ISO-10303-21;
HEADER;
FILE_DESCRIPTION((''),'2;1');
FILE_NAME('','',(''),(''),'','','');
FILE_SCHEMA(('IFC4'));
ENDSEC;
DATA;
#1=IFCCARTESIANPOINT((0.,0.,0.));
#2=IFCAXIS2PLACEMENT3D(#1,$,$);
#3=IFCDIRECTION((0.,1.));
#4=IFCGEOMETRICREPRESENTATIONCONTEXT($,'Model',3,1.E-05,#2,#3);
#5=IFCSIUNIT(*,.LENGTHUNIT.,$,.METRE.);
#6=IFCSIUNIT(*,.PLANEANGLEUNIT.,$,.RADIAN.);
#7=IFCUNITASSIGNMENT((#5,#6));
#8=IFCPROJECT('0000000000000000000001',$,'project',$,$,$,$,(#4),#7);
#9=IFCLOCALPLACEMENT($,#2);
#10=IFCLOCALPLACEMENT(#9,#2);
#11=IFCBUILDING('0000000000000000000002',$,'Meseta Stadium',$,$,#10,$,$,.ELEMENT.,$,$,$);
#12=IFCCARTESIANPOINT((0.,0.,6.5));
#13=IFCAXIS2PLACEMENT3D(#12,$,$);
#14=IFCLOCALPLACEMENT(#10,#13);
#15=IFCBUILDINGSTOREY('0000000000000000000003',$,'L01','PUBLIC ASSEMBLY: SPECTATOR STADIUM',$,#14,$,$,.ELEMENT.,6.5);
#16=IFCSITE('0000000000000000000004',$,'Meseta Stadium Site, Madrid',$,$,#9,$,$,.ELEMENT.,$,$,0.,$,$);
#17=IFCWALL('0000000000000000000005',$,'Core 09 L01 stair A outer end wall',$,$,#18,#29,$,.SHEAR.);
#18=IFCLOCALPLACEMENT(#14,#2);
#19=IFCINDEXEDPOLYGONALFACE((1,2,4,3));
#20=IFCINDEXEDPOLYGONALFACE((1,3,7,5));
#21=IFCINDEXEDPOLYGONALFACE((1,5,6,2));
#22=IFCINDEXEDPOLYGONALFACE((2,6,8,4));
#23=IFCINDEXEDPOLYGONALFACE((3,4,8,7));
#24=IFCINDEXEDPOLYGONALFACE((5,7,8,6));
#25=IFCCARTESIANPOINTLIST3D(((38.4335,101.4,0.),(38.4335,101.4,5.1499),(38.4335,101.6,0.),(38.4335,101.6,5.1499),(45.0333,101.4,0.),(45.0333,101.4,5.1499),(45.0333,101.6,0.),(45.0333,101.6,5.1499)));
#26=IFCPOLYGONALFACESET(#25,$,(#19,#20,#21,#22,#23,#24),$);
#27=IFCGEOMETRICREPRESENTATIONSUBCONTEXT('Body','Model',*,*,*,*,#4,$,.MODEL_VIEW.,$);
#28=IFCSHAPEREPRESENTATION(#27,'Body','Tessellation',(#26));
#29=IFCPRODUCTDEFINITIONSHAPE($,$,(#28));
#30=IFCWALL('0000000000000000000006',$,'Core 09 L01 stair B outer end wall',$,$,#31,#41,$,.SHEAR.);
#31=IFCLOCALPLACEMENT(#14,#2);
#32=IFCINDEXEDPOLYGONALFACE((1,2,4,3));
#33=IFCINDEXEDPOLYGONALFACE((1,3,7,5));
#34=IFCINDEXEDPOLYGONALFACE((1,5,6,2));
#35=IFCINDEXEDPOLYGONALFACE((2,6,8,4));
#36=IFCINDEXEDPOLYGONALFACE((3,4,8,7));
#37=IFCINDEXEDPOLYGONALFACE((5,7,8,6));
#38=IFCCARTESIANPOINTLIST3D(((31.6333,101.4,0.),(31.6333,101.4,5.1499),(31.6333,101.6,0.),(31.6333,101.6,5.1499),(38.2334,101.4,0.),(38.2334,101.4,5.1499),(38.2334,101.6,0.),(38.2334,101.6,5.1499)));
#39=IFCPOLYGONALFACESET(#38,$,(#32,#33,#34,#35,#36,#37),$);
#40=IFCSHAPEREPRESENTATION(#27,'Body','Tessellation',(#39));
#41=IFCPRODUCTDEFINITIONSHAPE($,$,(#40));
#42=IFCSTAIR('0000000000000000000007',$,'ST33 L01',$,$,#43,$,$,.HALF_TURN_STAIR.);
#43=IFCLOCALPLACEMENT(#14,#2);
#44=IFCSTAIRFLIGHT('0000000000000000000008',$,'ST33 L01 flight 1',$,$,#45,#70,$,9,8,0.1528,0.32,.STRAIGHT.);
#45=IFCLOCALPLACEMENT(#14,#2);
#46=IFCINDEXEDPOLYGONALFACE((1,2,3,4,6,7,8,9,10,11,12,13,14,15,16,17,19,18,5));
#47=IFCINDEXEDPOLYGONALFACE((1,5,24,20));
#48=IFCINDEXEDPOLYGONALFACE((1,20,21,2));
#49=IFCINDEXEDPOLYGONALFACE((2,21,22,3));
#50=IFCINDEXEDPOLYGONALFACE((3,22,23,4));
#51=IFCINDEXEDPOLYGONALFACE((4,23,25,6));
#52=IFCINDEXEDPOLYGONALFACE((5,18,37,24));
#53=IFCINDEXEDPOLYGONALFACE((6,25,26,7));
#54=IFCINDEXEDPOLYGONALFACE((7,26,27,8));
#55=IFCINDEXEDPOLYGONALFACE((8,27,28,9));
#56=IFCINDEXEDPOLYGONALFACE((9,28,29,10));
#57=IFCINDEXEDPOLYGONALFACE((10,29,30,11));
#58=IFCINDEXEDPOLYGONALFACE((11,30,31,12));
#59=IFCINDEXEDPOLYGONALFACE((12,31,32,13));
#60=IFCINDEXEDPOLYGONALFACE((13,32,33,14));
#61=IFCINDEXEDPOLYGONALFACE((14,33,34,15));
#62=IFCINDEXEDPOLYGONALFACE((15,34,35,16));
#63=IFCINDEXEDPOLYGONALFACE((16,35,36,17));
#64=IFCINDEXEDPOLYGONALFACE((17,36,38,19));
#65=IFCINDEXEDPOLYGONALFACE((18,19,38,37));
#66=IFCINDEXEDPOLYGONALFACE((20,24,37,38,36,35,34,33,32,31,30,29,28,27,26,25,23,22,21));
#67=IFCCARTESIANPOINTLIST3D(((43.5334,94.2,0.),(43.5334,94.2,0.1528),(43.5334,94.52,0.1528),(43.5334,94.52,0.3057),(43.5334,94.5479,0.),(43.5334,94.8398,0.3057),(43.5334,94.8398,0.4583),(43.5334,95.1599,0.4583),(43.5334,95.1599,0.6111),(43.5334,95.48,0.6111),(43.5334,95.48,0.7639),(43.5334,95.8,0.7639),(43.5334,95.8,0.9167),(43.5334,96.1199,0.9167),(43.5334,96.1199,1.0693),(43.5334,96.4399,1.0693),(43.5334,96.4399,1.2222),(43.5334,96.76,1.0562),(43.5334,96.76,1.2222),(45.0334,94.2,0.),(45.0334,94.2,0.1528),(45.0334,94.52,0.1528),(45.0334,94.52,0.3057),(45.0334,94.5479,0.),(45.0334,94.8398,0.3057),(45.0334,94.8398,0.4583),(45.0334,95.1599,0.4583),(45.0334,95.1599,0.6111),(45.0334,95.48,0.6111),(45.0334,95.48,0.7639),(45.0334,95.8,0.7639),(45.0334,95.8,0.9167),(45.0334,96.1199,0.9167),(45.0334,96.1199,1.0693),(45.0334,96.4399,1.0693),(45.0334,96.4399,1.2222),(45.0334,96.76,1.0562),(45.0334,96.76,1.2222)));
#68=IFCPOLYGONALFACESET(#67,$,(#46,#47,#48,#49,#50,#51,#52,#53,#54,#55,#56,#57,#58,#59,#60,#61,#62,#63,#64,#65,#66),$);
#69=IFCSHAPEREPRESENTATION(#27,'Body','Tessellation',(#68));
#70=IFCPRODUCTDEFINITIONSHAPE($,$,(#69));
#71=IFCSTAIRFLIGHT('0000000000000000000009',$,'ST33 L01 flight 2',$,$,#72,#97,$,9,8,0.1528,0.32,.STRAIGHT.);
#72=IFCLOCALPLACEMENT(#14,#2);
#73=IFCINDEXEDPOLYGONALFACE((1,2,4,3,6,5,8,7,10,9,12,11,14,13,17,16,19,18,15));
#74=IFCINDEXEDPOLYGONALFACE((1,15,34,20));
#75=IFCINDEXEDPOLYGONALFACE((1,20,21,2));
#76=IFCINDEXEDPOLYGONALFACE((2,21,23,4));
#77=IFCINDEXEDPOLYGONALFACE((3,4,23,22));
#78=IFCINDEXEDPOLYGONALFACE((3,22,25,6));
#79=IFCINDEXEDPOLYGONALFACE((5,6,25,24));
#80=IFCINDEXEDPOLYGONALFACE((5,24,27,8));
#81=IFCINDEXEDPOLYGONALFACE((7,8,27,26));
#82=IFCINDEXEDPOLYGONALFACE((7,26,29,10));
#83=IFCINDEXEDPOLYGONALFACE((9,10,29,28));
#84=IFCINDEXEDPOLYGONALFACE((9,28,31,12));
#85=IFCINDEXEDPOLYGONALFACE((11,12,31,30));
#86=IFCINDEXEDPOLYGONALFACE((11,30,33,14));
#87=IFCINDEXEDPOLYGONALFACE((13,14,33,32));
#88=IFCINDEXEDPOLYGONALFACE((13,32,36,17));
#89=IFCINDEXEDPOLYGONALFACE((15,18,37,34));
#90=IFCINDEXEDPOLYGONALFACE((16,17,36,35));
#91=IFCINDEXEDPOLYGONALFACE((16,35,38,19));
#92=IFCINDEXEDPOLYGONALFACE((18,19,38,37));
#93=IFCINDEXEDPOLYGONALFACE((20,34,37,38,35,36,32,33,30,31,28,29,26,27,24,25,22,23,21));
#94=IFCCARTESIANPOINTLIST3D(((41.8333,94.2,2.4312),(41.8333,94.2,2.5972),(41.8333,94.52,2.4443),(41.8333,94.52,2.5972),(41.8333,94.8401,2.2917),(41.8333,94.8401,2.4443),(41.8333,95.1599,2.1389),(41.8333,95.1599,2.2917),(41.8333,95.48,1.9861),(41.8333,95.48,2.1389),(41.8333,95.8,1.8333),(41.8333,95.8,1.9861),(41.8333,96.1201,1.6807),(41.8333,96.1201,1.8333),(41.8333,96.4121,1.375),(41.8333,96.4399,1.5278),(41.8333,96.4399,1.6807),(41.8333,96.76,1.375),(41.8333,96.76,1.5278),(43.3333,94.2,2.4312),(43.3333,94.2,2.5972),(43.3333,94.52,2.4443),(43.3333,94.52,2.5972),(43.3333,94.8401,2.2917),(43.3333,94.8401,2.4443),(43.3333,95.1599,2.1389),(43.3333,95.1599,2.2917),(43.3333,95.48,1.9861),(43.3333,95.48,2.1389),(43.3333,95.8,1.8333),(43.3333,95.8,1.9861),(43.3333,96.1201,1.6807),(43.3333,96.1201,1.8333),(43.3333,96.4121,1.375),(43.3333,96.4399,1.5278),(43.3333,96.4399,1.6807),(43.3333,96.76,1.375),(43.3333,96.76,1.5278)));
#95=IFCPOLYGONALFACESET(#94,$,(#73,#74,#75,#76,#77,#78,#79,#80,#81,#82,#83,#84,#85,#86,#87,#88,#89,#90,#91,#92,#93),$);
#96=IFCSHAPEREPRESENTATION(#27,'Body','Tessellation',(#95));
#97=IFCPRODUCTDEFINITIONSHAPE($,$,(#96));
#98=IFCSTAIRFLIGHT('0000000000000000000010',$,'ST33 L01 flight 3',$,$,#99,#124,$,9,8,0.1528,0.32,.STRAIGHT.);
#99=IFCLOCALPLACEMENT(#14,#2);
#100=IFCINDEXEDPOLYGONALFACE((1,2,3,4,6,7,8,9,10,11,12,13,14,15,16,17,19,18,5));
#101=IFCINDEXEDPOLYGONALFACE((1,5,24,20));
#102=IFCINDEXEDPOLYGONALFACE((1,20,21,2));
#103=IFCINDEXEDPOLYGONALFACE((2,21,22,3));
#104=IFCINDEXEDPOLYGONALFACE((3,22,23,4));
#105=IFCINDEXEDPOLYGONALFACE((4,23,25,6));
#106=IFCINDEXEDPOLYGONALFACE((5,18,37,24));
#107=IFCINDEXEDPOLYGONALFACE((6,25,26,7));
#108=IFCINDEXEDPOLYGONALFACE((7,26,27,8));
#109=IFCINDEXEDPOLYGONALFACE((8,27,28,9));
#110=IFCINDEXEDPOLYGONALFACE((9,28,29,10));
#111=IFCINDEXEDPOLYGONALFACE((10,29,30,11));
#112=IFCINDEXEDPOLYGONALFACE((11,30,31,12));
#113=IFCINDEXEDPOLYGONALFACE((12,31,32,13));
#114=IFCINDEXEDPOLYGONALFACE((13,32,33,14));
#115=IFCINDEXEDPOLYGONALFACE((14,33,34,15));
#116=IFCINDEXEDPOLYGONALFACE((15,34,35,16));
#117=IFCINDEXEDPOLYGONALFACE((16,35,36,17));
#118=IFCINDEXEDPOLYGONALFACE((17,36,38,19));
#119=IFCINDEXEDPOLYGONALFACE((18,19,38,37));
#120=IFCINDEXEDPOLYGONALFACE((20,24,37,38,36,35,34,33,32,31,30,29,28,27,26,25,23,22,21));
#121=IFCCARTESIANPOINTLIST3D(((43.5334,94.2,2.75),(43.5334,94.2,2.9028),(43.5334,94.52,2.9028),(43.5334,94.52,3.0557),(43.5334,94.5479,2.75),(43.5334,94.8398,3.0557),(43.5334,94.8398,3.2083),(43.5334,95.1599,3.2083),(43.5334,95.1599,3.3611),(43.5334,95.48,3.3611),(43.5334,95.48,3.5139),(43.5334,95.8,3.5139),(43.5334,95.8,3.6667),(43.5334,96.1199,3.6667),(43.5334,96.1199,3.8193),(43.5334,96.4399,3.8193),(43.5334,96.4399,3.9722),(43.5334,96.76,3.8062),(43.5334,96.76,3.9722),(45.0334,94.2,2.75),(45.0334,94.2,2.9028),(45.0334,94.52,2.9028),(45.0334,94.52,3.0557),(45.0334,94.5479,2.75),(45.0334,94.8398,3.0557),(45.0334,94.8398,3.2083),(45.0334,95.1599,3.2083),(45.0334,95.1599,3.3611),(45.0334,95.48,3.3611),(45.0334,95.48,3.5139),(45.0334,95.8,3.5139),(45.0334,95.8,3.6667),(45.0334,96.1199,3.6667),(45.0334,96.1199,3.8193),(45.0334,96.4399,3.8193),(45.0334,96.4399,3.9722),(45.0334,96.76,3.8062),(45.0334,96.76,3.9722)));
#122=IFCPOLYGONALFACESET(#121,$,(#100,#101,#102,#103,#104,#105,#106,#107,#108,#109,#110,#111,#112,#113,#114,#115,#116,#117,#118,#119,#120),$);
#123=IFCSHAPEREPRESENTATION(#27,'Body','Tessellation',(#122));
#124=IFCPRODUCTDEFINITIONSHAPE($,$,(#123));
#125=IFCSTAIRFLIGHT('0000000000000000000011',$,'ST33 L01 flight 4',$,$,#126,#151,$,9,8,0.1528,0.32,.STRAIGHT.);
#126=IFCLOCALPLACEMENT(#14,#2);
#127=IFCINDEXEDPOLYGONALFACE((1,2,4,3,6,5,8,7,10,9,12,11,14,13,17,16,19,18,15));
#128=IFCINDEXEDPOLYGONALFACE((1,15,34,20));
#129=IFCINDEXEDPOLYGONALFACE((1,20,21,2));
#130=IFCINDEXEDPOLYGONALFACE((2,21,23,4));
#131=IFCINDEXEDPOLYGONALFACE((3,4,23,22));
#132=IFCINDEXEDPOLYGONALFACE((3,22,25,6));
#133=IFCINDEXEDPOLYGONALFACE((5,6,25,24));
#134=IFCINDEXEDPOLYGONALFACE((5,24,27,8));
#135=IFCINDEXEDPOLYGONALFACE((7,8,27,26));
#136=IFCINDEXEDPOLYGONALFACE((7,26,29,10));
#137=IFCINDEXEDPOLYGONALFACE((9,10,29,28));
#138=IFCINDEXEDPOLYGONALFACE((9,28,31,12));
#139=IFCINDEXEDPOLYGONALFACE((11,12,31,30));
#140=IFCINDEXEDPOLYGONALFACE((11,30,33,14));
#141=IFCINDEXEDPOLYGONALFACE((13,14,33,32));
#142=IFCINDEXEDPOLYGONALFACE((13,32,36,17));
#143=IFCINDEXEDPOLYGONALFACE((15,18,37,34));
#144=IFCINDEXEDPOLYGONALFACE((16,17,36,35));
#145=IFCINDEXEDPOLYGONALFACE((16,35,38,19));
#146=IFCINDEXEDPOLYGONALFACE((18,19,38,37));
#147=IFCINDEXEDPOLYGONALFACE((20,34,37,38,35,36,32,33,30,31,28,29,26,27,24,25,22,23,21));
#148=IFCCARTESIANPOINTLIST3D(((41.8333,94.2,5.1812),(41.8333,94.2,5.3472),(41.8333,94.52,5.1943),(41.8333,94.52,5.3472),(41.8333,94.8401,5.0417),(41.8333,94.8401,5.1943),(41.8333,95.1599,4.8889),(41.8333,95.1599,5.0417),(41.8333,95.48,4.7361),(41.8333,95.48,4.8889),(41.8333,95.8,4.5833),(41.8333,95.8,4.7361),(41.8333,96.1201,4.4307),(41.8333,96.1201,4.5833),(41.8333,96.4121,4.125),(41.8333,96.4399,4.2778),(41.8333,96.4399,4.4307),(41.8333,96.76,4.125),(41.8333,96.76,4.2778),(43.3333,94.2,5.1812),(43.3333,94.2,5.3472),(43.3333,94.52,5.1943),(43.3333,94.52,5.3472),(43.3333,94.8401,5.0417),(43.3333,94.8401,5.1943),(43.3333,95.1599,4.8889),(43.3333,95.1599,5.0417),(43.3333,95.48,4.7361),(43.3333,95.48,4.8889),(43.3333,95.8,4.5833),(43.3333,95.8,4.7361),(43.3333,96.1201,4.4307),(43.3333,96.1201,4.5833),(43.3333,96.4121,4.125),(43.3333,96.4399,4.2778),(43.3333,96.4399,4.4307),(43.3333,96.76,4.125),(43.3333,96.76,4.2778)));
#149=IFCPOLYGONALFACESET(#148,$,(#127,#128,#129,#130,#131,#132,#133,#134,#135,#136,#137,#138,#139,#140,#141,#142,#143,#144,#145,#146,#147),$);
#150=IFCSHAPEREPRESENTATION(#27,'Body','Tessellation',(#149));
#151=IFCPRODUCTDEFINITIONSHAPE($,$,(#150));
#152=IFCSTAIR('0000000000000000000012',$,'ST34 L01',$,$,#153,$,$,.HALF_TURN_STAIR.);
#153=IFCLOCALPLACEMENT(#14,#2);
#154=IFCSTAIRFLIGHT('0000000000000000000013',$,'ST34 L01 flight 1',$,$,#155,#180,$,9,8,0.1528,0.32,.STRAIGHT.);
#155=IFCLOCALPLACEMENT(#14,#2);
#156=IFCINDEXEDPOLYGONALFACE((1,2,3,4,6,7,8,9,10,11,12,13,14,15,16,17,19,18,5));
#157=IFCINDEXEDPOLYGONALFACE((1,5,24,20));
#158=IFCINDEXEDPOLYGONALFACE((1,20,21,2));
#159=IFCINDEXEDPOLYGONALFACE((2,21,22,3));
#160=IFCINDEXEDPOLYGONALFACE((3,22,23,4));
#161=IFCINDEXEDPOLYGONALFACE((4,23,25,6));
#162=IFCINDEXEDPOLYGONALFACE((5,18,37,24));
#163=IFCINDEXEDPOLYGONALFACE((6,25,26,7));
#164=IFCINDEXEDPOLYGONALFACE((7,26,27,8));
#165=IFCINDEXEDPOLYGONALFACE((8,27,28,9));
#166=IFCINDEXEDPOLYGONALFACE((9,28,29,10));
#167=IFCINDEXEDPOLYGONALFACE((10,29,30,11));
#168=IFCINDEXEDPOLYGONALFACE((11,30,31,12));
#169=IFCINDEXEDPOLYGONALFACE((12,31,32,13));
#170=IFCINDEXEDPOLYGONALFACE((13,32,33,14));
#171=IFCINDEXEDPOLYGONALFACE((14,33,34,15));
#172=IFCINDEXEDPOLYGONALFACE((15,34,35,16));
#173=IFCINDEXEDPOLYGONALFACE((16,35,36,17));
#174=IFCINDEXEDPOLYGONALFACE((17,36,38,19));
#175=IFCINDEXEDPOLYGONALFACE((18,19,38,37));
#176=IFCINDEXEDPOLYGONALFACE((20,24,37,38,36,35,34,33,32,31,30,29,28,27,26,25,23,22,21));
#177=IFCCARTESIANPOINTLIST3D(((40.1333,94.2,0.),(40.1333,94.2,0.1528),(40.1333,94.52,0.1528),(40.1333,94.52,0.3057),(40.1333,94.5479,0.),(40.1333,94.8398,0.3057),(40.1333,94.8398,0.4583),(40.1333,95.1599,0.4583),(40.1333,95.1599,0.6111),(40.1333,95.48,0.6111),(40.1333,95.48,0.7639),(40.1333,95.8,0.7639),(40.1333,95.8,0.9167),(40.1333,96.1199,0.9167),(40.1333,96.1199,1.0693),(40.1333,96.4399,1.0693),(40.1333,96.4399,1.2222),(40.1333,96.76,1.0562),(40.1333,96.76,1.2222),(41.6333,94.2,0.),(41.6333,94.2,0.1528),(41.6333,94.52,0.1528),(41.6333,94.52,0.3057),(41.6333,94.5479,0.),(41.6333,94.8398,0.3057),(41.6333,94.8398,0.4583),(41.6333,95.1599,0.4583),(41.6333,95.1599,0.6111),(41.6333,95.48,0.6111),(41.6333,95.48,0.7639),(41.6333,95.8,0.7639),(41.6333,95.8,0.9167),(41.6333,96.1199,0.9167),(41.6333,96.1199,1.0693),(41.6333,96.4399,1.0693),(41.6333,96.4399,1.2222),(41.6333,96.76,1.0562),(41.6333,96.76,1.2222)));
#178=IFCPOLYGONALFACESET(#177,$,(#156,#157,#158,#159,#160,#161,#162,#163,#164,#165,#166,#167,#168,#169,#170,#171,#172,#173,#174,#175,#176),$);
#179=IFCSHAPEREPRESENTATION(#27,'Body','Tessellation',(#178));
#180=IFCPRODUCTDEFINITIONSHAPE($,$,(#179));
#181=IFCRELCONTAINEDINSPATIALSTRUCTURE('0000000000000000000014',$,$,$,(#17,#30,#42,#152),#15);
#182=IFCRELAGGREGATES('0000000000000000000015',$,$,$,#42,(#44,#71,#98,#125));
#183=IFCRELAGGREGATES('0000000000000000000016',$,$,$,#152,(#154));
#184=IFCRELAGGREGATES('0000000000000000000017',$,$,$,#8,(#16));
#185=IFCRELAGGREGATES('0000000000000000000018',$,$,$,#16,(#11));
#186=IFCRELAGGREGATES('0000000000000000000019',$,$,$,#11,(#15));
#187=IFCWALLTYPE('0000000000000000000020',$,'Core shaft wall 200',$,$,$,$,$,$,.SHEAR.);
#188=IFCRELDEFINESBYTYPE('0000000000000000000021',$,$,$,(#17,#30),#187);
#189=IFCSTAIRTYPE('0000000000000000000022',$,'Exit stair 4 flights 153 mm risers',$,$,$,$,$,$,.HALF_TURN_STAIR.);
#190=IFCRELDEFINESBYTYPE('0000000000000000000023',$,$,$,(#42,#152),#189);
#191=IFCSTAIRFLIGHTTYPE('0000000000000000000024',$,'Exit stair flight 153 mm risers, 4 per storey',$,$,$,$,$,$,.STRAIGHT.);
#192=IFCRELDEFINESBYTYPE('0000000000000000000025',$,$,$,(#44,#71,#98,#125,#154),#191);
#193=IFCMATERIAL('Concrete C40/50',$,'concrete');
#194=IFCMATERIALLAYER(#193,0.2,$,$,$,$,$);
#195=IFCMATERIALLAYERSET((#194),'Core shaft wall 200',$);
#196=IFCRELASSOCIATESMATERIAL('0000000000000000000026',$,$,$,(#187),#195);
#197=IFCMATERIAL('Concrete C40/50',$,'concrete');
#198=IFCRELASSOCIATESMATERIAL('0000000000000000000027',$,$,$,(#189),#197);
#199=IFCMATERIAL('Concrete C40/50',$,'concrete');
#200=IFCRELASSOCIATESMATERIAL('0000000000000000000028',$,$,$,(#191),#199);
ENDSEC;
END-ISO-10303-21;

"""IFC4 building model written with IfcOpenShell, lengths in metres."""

from ifc_helpers import new_model, si_unit, direction, frame, frame_2d, origin, place, context, subcontext, project, spatial, polyline, rectangle, outline, extrude, material, layer, layer_set, type_object, element, aggregate, save


model = new_model("IFC4")

# Units and contexts
model_context = context("Model", 3, precision=1e-05, world=origin(), true_north=direction((0.0, 1.0)))
body_context = subcontext(model_context, "Body", "Model", "MODEL_VIEW")
ifc_project = project(units=[si_unit("LENGTHUNIT", "METRE"), si_unit("PLANEANGLEUNIT", "RADIAN")], contexts=[model_context])

# Site, building, storey
site_placement = place(None, origin())
site = spatial("IfcSite", under=ifc_project, at=site_placement, Name="Meseta Stadium Site, Madrid", CompositionType="ELEMENT", RefElevation=0.0)
building_placement = place(site_placement, origin())
building = spatial("IfcBuilding", under=site, at=building_placement, Name="Meseta Stadium", CompositionType="ELEMENT")
storey_placement = place(building_placement, frame((0.0, 0.0, 6.5)))
storey = spatial("IfcBuildingStorey", under=building, at=storey_placement, Name="L01", Description="PUBLIC ASSEMBLY: SPECTATOR STADIUM", CompositionType="ELEMENT", Elevation=6.5)

# Walls
ifc_material_1 = material(Name="Concrete C40/50", Category="concrete")
ifc_layer = layer(ifc_material_1, 0.2)
ifc_layer_set = layer_set([ifc_layer], Name="Core shaft wall 200")
wall_type = type_object("IfcWallType", Name="Core shaft wall 200", PredefinedType="SHEAR", material=ifc_layer_set)
wall_1_placement = place(storey_placement, frame((45.0332, 101.5, 0.0), z_axis=(0.0, 0.0, 1.0), x_axis=(-1.0, 0.0, 0.0)))
element("IfcWall", 1, at=wall_1_placement, inside=storey, type_object=wall_type, Name="Core 09 L01 stair A outer end wall", PredefinedType="SHEAR", context=body_context, shape_type="SweptSolid", body=[
    extrude(rectangle(XDim=6.5999, YDim=0.2, at=frame_2d((3.2998, 0.0))), origin(), (0.0, 0.0, 1.0), 5.1499),
])
wall_2_placement = place(storey_placement, frame((38.2334, 101.5, 0.0), z_axis=(0.0, 0.0, 1.0), x_axis=(-1.0, 0.0, 0.0)))
element("IfcWall", 2, at=wall_2_placement, inside=storey, type_object=wall_type, Name="Core 09 L01 stair B outer end wall", PredefinedType="SHEAR", context=body_context, shape_type="SweptSolid", body=[
    extrude(rectangle(XDim=6.6001, YDim=0.2, at=frame_2d((3.3, 0.0))), origin(), (0.0, 0.0, 1.0), 5.1499),
])

# Stairs, stair flights
ifc_material_2 = material(Name="Concrete C40/50", Category="concrete")
stair_type = type_object("IfcStairType", Name="Exit stair 4 flights 153 mm risers", PredefinedType="HALF_TURN_STAIR", material=ifc_material_2)
stair_1_placement = place(storey_placement, origin())
stair_1 = element("IfcStair", 3, at=stair_1_placement, inside=storey, type_object=stair_type, Name="ST33 L01", PredefinedType="HALF_TURN_STAIR")
ifc_material_3 = material(Name="Concrete C40/50", Category="concrete")
stair_flight_type = type_object("IfcStairFlightType", Name="Exit stair flight 153 mm risers, 4 per storey", PredefinedType="STRAIGHT", material=ifc_material_3)
stair_flight_1_placement = place(storey_placement, frame((44.2834, 94.2, 0.0), z_axis=(0.0, 0.0, 1.0), x_axis=(0.0, 1.0, 0.0)))
stair_flight_1 = element("IfcStairFlight", 4, at=stair_flight_1_placement, type_object=stair_flight_type, Name="ST33 L01 flight 1", NumberOfRisers=9, NumberOfTreads=8, PredefinedType="STRAIGHT", RiserHeight=0.1528, TreadLength=0.32, context=body_context, shape_type="SweptSolid", body=[
    extrude(outline(polyline([(0.0, 0.0), (0.0, 0.1528), (0.3201, 0.1528), (0.3201, 0.3057), (0.6399, 0.3057), (0.6399, 0.4583), (0.96, 0.4583), (0.96, 0.6111), (1.28, 0.6111), (1.28, 0.7639), (1.6001, 0.7639), (1.6001, 0.9167), (1.9199, 0.9167), (1.9199, 1.0693), (2.24, 1.0693), (2.24, 1.2222), (2.5601, 1.2222), (2.5601, 1.0562), (0.3479, 0.0), (0.0, 0.0)])), frame((0.0, 0.75, 0.0), z_axis=(0.0, -1.0, 0.0), x_axis=(1.0, 0.0, 0.0)), (0.0, 0.0, 1.0), 1.5),
])
stair_flight_2_placement = place(storey_placement, frame((42.5833, 96.76, 1.375), z_axis=(0.0, 0.0, 1.0), x_axis=(0.0, -1.0, 0.0)))
stair_flight_2 = element("IfcStairFlight", 5, at=stair_flight_2_placement, type_object=stair_flight_type, Name="ST33 L01 flight 2", NumberOfRisers=9, NumberOfTreads=8, PredefinedType="STRAIGHT", RiserHeight=0.1528, TreadLength=0.32, context=body_context, shape_type="SweptSolid", body=[
    extrude(outline(polyline([(0.0, 0.0), (0.0, 0.1528), (0.3201, 0.1528), (0.3201, 0.3057), (0.6399, 0.3057), (0.6399, 0.4583), (0.96, 0.4583), (0.96, 0.6111), (1.28, 0.6111), (1.28, 0.7639), (1.6001, 0.7639), (1.6001, 0.9167), (1.9199, 0.9167), (1.9199, 1.0693), (2.24, 1.0693), (2.24, 1.2222), (2.5601, 1.2222), (2.5601, 1.0562), (0.3479, 0.0), (0.0, 0.0)])), frame((0.0, 0.75, 0.0), z_axis=(0.0, -1.0, 0.0), x_axis=(1.0, 0.0, 0.0)), (0.0, 0.0, 1.0), 1.5),
])
stair_flight_3_placement = place(storey_placement, frame((44.2834, 94.2, 2.75), z_axis=(0.0, 0.0, 1.0), x_axis=(0.0, 1.0, 0.0)))
stair_flight_3 = element("IfcStairFlight", 6, at=stair_flight_3_placement, type_object=stair_flight_type, Name="ST33 L01 flight 3", NumberOfRisers=9, NumberOfTreads=8, PredefinedType="STRAIGHT", RiserHeight=0.1528, TreadLength=0.32, context=body_context, shape_type="SweptSolid", body=[
    extrude(outline(polyline([(0.0, 0.0), (0.0, 0.1528), (0.3201, 0.1528), (0.3201, 0.3057), (0.6399, 0.3057), (0.6399, 0.4583), (0.96, 0.4583), (0.96, 0.6111), (1.28, 0.6111), (1.28, 0.7639), (1.6001, 0.7639), (1.6001, 0.9167), (1.9199, 0.9167), (1.9199, 1.0693), (2.24, 1.0693), (2.24, 1.2222), (2.5601, 1.2222), (2.5601, 1.0562), (0.3479, 0.0), (0.0, 0.0)])), frame((0.0, 0.75, 0.0), z_axis=(0.0, -1.0, 0.0), x_axis=(1.0, 0.0, 0.0)), (0.0, 0.0, 1.0), 1.5),
])
stair_flight_4_placement = place(storey_placement, frame((42.5833, 96.76, 4.125), z_axis=(0.0, 0.0, 1.0), x_axis=(0.0, -1.0, 0.0)))
stair_flight_4 = element("IfcStairFlight", 7, at=stair_flight_4_placement, type_object=stair_flight_type, Name="ST33 L01 flight 4", NumberOfRisers=9, NumberOfTreads=8, PredefinedType="STRAIGHT", RiserHeight=0.1528, TreadLength=0.32, context=body_context, shape_type="SweptSolid", body=[
    extrude(outline(polyline([(0.0, 0.0), (0.0, 0.1528), (0.3201, 0.1528), (0.3201, 0.3057), (0.6399, 0.3057), (0.6399, 0.4583), (0.96, 0.4583), (0.96, 0.6111), (1.28, 0.6111), (1.28, 0.7639), (1.6001, 0.7639), (1.6001, 0.9167), (1.9199, 0.9167), (1.9199, 1.0693), (2.24, 1.0693), (2.24, 1.2222), (2.5601, 1.2222), (2.5601, 1.0562), (0.3479, 0.0), (0.0, 0.0)])), frame((0.0, 0.75, 0.0), z_axis=(0.0, -1.0, 0.0), x_axis=(1.0, 0.0, 0.0)), (0.0, 0.0, 1.0), 1.5),
])
aggregate(stair_1, [stair_flight_1, stair_flight_2, stair_flight_3, stair_flight_4])
stair_2_placement = place(storey_placement, origin())
stair_2 = element("IfcStair", 8, at=stair_2_placement, inside=storey, type_object=stair_type, Name="ST34 L01", PredefinedType="HALF_TURN_STAIR")
stair_flight_5_placement = place(storey_placement, frame((40.8833, 94.2, 0.0), z_axis=(0.0, 0.0, 1.0), x_axis=(0.0, 1.0, 0.0)))
stair_flight_5 = element("IfcStairFlight", 9, at=stair_flight_5_placement, type_object=stair_flight_type, Name="ST34 L01 flight 1", NumberOfRisers=9, NumberOfTreads=8, PredefinedType="STRAIGHT", RiserHeight=0.1528, TreadLength=0.32, context=body_context, shape_type="SweptSolid", body=[
    extrude(outline(polyline([(0.0, 0.0), (0.0, 0.1528), (0.3201, 0.1528), (0.3201, 0.3057), (0.6399, 0.3057), (0.6399, 0.4583), (0.96, 0.4583), (0.96, 0.6111), (1.28, 0.6111), (1.28, 0.7639), (1.6001, 0.7639), (1.6001, 0.9167), (1.9199, 0.9167), (1.9199, 1.0693), (2.24, 1.0693), (2.24, 1.2222), (2.5601, 1.2222), (2.5601, 1.0562), (0.3479, 0.0), (0.0, 0.0)])), frame((0.0, 0.75, 0.0), z_axis=(0.0, -1.0, 0.0), x_axis=(1.0, 0.0, 0.0)), (0.0, 0.0, 1.0), 1.5),
])
aggregate(stair_2, [stair_flight_5])

save(model, "model.ifc")
